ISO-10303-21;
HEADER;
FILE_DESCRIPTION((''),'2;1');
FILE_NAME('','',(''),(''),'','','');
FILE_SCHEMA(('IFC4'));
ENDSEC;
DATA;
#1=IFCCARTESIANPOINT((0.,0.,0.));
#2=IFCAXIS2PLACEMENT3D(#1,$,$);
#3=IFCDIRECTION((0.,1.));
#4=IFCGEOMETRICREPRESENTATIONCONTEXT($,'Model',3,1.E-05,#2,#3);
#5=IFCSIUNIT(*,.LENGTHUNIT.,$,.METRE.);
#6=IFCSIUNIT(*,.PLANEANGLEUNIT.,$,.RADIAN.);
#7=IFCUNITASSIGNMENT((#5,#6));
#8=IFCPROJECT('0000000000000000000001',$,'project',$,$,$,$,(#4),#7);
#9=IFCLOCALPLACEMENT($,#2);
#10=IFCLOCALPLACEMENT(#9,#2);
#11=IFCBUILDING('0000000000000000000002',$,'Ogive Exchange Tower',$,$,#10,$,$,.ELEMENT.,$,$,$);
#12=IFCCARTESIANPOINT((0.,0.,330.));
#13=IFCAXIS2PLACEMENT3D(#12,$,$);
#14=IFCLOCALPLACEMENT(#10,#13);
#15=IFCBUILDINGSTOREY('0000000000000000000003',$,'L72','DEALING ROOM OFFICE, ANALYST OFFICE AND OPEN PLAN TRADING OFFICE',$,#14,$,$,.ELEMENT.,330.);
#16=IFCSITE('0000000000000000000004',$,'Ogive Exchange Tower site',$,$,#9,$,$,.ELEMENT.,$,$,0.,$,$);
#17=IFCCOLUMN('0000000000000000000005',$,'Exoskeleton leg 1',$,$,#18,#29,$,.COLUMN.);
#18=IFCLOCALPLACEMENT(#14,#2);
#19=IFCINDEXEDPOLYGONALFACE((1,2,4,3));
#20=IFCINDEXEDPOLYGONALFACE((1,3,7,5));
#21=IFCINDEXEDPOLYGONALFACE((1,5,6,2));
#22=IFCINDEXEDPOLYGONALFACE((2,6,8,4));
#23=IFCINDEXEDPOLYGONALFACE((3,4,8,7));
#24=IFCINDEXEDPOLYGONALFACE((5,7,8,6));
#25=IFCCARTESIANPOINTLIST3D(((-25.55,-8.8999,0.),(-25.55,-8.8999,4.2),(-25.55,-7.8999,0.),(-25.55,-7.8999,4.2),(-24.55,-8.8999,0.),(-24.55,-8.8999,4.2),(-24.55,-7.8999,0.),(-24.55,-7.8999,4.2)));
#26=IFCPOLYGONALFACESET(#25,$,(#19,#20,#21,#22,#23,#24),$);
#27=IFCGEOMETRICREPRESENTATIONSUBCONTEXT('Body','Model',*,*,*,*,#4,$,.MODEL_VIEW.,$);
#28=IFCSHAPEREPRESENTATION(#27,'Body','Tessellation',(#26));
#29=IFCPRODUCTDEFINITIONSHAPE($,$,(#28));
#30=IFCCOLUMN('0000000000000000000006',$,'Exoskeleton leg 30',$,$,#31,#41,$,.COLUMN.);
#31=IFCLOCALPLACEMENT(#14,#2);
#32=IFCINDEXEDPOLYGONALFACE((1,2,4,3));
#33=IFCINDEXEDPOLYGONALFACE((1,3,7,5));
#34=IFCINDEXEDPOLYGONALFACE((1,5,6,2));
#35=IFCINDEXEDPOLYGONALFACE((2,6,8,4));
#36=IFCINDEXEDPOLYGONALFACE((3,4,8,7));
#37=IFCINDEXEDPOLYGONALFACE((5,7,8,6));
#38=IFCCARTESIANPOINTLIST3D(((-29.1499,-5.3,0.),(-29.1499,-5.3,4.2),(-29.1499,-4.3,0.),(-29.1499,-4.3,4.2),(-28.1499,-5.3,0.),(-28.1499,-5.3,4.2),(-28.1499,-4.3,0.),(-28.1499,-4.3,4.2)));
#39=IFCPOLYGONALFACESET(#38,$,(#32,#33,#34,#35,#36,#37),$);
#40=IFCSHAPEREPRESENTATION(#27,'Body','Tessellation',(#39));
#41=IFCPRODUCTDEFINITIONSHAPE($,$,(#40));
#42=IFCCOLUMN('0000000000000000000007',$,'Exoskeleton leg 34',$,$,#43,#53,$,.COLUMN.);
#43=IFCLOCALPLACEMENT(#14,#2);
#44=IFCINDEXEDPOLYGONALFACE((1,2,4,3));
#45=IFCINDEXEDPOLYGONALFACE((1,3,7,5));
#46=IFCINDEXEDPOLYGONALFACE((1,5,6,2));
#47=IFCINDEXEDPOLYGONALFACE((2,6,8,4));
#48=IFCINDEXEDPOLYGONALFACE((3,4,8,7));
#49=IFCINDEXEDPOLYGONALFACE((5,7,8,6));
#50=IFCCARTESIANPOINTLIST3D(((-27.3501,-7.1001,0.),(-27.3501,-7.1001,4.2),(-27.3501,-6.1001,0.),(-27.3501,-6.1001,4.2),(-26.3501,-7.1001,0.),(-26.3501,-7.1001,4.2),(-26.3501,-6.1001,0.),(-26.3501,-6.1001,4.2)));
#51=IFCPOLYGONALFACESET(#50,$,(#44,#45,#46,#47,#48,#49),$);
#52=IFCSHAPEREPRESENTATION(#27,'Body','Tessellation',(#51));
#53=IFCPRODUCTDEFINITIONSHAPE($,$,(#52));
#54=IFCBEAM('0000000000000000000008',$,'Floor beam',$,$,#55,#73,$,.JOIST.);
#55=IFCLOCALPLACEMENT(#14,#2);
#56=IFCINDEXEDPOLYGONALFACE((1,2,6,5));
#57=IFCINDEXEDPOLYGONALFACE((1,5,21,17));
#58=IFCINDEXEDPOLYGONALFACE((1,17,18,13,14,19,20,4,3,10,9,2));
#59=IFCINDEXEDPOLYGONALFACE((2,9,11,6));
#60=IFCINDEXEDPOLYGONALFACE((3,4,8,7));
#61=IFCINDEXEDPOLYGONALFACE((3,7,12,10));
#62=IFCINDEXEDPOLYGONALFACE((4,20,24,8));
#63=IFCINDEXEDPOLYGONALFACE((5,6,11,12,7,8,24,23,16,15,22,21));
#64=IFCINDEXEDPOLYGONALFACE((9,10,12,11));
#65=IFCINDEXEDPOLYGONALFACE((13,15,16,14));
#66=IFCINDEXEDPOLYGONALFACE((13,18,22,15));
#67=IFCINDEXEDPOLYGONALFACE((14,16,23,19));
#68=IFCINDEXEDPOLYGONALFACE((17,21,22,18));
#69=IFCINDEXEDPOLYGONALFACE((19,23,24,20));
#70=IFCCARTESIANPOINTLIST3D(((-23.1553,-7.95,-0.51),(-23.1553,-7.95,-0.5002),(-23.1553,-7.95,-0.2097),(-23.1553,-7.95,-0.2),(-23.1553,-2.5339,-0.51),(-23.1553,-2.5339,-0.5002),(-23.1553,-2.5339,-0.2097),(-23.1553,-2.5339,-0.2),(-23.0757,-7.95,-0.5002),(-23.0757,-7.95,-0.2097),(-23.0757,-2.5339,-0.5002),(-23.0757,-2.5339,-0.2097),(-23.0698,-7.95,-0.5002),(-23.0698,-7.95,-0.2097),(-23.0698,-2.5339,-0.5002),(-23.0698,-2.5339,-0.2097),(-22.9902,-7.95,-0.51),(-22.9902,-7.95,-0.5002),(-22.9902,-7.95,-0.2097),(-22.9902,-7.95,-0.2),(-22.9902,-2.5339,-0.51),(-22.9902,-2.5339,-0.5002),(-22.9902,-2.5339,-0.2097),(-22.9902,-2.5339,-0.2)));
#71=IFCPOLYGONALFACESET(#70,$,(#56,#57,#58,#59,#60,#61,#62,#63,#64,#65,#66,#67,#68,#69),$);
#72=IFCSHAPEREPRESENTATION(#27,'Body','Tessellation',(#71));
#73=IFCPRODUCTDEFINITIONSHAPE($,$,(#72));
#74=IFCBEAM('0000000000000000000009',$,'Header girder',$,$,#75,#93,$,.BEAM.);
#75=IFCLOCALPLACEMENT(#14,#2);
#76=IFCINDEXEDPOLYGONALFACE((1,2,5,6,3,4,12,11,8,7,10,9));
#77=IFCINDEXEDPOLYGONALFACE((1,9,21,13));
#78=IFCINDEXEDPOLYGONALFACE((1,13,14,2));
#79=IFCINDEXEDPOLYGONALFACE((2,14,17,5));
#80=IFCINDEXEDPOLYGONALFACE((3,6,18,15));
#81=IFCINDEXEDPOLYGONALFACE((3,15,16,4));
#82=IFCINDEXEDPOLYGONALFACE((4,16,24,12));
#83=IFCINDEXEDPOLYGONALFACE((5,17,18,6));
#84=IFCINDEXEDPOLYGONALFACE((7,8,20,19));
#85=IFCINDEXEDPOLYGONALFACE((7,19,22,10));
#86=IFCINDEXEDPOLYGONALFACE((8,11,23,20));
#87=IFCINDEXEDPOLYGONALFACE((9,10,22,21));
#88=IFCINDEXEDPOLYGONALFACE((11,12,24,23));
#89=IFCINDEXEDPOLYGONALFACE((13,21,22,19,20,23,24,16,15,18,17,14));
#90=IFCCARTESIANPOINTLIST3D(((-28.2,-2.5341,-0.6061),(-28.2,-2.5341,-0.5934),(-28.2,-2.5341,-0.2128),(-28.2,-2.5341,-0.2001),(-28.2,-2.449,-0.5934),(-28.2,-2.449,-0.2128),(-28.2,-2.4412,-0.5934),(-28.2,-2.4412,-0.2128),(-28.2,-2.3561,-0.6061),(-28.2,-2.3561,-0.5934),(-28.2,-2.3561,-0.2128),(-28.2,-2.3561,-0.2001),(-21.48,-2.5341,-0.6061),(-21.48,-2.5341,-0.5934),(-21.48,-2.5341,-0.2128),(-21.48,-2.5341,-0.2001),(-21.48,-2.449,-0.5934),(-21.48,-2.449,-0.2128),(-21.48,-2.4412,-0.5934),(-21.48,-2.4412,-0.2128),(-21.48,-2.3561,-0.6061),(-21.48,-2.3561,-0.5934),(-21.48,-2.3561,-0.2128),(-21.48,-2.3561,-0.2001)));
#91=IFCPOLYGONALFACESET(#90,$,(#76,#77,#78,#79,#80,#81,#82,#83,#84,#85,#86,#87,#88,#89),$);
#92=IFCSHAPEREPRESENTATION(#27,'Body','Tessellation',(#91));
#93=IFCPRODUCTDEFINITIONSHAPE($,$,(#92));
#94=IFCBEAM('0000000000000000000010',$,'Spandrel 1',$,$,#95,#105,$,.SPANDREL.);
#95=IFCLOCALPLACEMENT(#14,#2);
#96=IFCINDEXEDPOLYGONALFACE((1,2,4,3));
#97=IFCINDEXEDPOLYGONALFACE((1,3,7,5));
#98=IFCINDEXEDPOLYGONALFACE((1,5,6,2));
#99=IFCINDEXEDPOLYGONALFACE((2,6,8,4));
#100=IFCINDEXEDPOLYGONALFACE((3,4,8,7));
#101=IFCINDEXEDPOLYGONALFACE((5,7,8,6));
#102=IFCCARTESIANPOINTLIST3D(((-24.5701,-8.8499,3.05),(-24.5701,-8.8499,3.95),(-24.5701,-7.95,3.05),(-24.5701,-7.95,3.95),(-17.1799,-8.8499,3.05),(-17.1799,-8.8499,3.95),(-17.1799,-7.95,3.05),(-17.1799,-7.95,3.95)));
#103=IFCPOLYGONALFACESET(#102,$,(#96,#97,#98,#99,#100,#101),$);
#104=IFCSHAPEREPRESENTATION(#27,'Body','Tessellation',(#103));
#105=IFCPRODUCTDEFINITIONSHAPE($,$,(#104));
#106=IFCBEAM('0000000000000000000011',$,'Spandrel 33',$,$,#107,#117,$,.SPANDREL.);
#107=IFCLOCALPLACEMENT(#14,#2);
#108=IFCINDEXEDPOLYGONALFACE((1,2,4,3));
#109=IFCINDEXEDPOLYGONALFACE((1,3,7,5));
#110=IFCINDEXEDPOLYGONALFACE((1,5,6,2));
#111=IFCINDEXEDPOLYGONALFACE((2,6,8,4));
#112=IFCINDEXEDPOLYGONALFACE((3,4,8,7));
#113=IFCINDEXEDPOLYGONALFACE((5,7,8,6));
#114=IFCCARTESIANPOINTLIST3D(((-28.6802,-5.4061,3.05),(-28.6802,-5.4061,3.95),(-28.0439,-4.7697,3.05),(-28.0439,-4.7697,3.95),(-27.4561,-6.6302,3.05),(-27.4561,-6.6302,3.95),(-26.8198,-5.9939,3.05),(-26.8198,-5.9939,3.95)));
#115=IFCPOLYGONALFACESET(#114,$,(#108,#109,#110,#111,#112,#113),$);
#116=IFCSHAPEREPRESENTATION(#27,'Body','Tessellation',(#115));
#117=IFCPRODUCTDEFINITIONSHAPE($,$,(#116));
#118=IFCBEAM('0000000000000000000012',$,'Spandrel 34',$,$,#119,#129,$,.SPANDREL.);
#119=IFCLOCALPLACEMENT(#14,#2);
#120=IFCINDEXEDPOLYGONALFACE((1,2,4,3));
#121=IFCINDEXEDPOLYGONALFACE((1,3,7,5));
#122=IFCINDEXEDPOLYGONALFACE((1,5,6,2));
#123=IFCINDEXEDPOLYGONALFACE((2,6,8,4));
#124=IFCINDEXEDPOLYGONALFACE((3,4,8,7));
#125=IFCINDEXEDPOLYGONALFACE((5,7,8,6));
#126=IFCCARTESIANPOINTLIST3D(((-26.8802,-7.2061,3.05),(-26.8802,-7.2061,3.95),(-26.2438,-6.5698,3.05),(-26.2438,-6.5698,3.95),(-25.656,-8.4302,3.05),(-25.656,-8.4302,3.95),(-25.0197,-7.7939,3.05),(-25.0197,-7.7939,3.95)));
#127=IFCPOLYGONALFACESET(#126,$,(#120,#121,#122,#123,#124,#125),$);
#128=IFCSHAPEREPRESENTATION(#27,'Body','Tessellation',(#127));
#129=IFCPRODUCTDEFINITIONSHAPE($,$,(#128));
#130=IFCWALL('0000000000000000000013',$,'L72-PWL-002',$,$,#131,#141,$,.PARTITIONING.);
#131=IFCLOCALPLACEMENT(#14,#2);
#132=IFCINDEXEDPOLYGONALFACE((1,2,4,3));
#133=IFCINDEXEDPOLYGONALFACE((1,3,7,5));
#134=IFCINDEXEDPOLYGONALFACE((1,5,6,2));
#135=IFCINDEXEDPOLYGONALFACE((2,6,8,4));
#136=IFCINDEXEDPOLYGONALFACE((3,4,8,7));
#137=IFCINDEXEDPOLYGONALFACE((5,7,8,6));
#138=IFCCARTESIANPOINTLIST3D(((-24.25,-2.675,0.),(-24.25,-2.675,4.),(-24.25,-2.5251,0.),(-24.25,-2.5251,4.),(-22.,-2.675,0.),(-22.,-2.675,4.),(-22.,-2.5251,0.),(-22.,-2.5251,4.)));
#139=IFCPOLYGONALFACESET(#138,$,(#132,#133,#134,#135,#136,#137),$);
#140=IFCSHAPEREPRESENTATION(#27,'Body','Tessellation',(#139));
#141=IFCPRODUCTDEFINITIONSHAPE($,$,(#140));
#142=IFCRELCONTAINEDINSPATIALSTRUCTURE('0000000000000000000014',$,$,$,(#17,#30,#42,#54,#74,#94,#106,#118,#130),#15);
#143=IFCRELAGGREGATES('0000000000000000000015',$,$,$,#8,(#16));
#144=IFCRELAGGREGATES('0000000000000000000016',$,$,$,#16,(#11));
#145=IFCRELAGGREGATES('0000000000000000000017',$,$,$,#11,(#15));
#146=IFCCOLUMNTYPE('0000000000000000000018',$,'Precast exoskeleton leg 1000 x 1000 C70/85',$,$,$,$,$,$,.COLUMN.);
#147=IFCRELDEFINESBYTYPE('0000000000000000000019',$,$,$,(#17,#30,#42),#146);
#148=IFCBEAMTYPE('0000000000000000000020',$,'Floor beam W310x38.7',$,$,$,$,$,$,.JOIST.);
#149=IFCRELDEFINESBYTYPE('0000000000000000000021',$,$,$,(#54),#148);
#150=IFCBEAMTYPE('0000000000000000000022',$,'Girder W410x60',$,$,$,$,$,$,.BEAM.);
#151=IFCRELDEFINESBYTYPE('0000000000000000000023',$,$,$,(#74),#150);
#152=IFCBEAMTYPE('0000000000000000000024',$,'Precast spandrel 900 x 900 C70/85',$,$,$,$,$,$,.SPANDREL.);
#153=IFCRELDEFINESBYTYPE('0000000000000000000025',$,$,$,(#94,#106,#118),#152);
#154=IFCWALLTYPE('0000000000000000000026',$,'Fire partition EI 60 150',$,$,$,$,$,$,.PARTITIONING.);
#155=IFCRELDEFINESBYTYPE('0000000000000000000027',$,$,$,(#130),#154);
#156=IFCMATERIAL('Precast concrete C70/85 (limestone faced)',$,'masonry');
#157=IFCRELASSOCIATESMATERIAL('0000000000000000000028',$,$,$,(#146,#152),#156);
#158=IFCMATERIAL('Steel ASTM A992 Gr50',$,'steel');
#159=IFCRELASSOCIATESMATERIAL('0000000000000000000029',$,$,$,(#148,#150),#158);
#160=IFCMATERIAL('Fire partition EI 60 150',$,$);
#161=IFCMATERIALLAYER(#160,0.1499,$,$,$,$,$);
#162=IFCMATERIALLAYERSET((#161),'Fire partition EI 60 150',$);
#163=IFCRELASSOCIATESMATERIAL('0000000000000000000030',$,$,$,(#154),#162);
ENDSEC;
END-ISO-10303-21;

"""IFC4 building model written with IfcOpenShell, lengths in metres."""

from ifc_helpers import new_model, si_unit, direction, frame, frame_2d, origin, origin_2d, place, context, subcontext, project, spatial, rectangle, i_section, extrude, material, layer, layer_set, material_profile, profile_set, type_object, element, save


model = new_model("IFC4")

# Units and contexts
model_context = context("Model", 3, precision=1e-05, world=origin(), true_north=direction((0.0, 1.0)))
body_context = subcontext(model_context, "Body", "Model", "MODEL_VIEW")
ifc_project = project(units=[si_unit("LENGTHUNIT", "METRE"), si_unit("PLANEANGLEUNIT", "RADIAN")], contexts=[model_context])

# Site, building, storey
site_placement = place(None, origin())
site = spatial("IfcSite", under=ifc_project, at=site_placement, Name="Ogive Exchange Tower site", CompositionType="ELEMENT", RefElevation=0.0)
building_placement = place(site_placement, origin())
building = spatial("IfcBuilding", under=site, at=building_placement, Name="Ogive Exchange Tower", CompositionType="ELEMENT")
storey_placement = place(building_placement, frame((0.0, 0.0, 330.0)))
storey = spatial("IfcBuildingStorey", under=building, at=storey_placement, Name="L72", Description="DEALING ROOM OFFICE, ANALYST OFFICE AND OPEN PLAN TRADING OFFICE", CompositionType="ELEMENT", Elevation=330.0)

# Columns
ifc_material_1 = material(Name="Precast concrete C70/85 (limestone faced)", Category="masonry")
ifc_material_profile_1 = material_profile(ifc_material_1, rectangle(XDim=1.0, YDim=1.0, at=origin_2d()), Name="1000 x 1000")
ifc_profile_set_1 = profile_set([ifc_material_profile_1], Name="Precast concrete C70/85 (limestone faced)")
column_type = type_object("IfcColumnType", Name="Precast exoskeleton leg 1000 x 1000 C70/85", PredefinedType="COLUMN", material=ifc_profile_set_1)
for number, where, z_axis, x_axis, name in (
    (1, (-25.05, -8.3999, 0.0), (0.0, 0.0, 1.0), (1.0, 0.0, 0.0), "Exoskeleton leg 1"),
    (2, (-28.6499, -4.8, 0.0), (0.0, 0.0, 1.0), (1.0, 0.0, 0.0), "Exoskeleton leg 30"),
    (3, (-26.8501, -6.6001, 0.0), (0.0, 0.0, 1.0), (1.0, 0.0, 0.0), "Exoskeleton leg 34"),
):
    element("IfcColumn", number, at=place(storey_placement, frame(where, z_axis=z_axis, x_axis=x_axis)), inside=storey, type_object=column_type, Name=name, PredefinedType="COLUMN", context=body_context, shape_type="SweptSolid", body=[
        extrude(rectangle(XDim=1.0, YDim=1.0, at=origin_2d()), origin(), (0.0, 0.0, 1.0), 4.2),
    ])

# Beams
ifc_material_2 = material(Name="Steel ASTM A992 Gr50", Category="steel")
ifc_material_profile_2 = material_profile(ifc_material_2, i_section(OverallWidth=0.165, OverallDepth=0.3101, WebThickness=0.0059, FlangeThickness=0.0098, at=origin_2d()), Name="W310x38.7")
ifc_profile_set_2 = profile_set([ifc_material_profile_2], Name="Steel ASTM A992 Gr50")
beam_type_1 = type_object("IfcBeamType", Name="Floor beam W310x38.7", PredefinedType="JOIST", material=ifc_profile_set_2)
beam_1_placement = place(storey_placement, frame((-23.0728, -7.95, -0.355), z_axis=(0.0, 1.0, 0.0), x_axis=(-1.0, 0.0, 0.0)))
element("IfcBeam", 4, at=beam_1_placement, inside=storey, type_object=beam_type_1, Name="Floor beam", PredefinedType="JOIST", context=body_context, shape_type="SweptSolid", body=[
    extrude(i_section(OverallWidth=0.165, OverallDepth=0.3101, WebThickness=0.0059, FlangeThickness=0.0098, at=origin_2d()), origin(), (0.0, 0.0, 1.0), 5.416),
])
ifc_material_profile_3 = material_profile(ifc_material_2, i_section(OverallWidth=0.178, OverallDepth=0.406, WebThickness=0.0078, FlangeThickness=0.0127, at=origin_2d()), Name="W410x60")
ifc_profile_set_3 = profile_set([ifc_material_profile_3], Name="Steel ASTM A992 Gr50")
beam_type_2 = type_object("IfcBeamType", Name="Girder W410x60", PredefinedType="BEAM", material=ifc_profile_set_3)
beam_2_placement = place(storey_placement, frame((-28.2, -2.4451, -0.4031), z_axis=(1.0, 0.0, 0.0), x_axis=(0.0, 1.0, 0.0)))
element("IfcBeam", 5, at=beam_2_placement, inside=storey, type_object=beam_type_2, Name="Header girder", PredefinedType="BEAM", context=body_context, shape_type="SweptSolid", body=[
    extrude(i_section(OverallWidth=0.178, OverallDepth=0.406, WebThickness=0.0078, FlangeThickness=0.0127, at=origin_2d()), origin(), (0.0, 0.0, 1.0), 6.72),
])
ifc_material_profile_4 = material_profile(ifc_material_1, rectangle(XDim=0.8999, YDim=0.8999, at=origin_2d()), Name="900 x 900")
ifc_profile_set_4 = profile_set([ifc_material_profile_4], Name="Precast concrete C70/85 (limestone faced)")
beam_type_3 = type_object("IfcBeamType", Name="Precast spandrel 900 x 900 C70/85", PredefinedType="SPANDREL", material=ifc_profile_set_4)
beam_3_placement = place(storey_placement, frame((-24.5701, -8.3999, 3.5), z_axis=(1.0, 0.0, 0.0), x_axis=(0.0, 1.0, 0.0)))
element("IfcBeam", 6, at=beam_3_placement, inside=storey, type_object=beam_type_3, Name="Spandrel 1", PredefinedType="SPANDREL", context=body_context, shape_type="SweptSolid", body=[
    extrude(rectangle(XDim=0.8999, YDim=0.8999, at=origin_2d()), origin(), (0.0, 0.0, 1.0), 7.3901),
])
for number, where, z_axis, x_axis, name in (
    (7, (-28.3621, -5.0879, 3.5), (0.707107, -0.707107, 0.0), (0.707107, 0.707107, 0.0), "Spandrel 33"),
    (8, (-26.562, -6.8879, 3.5), (0.707107, -0.707107, 0.0), (0.707107, 0.707107, 0.0), "Spandrel 34"),
):
    element("IfcBeam", number, at=place(storey_placement, frame(where, z_axis=z_axis, x_axis=x_axis)), inside=storey, type_object=beam_type_3, Name=name, PredefinedType="SPANDREL", context=body_context, shape_type="SweptSolid", body=[
        extrude(rectangle(XDim=0.8999, YDim=0.8999, at=origin_2d()), origin(), (0.0, 0.0, 1.0), 1.7312),
    ])

# Wall
ifc_material_3 = material(Name="Fire partition EI 60 150")
ifc_layer_1 = layer(ifc_material_3, 0.1499)
ifc_layer_set_1 = layer_set([ifc_layer_1], Name="Fire partition EI 60 150")
wall_type_1 = type_object("IfcWallType", Name="Fire partition EI 60 150", PredefinedType="PARTITIONING", material=ifc_layer_set_1)
wall_1_placement = place(storey_placement, frame((-24.25, -2.6001, 0.0), z_axis=(0.0, 0.0, 1.0), x_axis=(1.0, 0.0, 0.0)))
element("IfcWall", 9, at=wall_1_placement, inside=storey, type_object=wall_type_1, Name="L72-PWL-002", PredefinedType="PARTITIONING", context=body_context, shape_type="SweptSolid", body=[
    extrude(rectangle(XDim=2.25, YDim=0.1499, at=frame_2d((1.125, 0.0))), origin(), (0.0, 0.0, 1.0), 4.0),
])

save(model, "model.ifc")
